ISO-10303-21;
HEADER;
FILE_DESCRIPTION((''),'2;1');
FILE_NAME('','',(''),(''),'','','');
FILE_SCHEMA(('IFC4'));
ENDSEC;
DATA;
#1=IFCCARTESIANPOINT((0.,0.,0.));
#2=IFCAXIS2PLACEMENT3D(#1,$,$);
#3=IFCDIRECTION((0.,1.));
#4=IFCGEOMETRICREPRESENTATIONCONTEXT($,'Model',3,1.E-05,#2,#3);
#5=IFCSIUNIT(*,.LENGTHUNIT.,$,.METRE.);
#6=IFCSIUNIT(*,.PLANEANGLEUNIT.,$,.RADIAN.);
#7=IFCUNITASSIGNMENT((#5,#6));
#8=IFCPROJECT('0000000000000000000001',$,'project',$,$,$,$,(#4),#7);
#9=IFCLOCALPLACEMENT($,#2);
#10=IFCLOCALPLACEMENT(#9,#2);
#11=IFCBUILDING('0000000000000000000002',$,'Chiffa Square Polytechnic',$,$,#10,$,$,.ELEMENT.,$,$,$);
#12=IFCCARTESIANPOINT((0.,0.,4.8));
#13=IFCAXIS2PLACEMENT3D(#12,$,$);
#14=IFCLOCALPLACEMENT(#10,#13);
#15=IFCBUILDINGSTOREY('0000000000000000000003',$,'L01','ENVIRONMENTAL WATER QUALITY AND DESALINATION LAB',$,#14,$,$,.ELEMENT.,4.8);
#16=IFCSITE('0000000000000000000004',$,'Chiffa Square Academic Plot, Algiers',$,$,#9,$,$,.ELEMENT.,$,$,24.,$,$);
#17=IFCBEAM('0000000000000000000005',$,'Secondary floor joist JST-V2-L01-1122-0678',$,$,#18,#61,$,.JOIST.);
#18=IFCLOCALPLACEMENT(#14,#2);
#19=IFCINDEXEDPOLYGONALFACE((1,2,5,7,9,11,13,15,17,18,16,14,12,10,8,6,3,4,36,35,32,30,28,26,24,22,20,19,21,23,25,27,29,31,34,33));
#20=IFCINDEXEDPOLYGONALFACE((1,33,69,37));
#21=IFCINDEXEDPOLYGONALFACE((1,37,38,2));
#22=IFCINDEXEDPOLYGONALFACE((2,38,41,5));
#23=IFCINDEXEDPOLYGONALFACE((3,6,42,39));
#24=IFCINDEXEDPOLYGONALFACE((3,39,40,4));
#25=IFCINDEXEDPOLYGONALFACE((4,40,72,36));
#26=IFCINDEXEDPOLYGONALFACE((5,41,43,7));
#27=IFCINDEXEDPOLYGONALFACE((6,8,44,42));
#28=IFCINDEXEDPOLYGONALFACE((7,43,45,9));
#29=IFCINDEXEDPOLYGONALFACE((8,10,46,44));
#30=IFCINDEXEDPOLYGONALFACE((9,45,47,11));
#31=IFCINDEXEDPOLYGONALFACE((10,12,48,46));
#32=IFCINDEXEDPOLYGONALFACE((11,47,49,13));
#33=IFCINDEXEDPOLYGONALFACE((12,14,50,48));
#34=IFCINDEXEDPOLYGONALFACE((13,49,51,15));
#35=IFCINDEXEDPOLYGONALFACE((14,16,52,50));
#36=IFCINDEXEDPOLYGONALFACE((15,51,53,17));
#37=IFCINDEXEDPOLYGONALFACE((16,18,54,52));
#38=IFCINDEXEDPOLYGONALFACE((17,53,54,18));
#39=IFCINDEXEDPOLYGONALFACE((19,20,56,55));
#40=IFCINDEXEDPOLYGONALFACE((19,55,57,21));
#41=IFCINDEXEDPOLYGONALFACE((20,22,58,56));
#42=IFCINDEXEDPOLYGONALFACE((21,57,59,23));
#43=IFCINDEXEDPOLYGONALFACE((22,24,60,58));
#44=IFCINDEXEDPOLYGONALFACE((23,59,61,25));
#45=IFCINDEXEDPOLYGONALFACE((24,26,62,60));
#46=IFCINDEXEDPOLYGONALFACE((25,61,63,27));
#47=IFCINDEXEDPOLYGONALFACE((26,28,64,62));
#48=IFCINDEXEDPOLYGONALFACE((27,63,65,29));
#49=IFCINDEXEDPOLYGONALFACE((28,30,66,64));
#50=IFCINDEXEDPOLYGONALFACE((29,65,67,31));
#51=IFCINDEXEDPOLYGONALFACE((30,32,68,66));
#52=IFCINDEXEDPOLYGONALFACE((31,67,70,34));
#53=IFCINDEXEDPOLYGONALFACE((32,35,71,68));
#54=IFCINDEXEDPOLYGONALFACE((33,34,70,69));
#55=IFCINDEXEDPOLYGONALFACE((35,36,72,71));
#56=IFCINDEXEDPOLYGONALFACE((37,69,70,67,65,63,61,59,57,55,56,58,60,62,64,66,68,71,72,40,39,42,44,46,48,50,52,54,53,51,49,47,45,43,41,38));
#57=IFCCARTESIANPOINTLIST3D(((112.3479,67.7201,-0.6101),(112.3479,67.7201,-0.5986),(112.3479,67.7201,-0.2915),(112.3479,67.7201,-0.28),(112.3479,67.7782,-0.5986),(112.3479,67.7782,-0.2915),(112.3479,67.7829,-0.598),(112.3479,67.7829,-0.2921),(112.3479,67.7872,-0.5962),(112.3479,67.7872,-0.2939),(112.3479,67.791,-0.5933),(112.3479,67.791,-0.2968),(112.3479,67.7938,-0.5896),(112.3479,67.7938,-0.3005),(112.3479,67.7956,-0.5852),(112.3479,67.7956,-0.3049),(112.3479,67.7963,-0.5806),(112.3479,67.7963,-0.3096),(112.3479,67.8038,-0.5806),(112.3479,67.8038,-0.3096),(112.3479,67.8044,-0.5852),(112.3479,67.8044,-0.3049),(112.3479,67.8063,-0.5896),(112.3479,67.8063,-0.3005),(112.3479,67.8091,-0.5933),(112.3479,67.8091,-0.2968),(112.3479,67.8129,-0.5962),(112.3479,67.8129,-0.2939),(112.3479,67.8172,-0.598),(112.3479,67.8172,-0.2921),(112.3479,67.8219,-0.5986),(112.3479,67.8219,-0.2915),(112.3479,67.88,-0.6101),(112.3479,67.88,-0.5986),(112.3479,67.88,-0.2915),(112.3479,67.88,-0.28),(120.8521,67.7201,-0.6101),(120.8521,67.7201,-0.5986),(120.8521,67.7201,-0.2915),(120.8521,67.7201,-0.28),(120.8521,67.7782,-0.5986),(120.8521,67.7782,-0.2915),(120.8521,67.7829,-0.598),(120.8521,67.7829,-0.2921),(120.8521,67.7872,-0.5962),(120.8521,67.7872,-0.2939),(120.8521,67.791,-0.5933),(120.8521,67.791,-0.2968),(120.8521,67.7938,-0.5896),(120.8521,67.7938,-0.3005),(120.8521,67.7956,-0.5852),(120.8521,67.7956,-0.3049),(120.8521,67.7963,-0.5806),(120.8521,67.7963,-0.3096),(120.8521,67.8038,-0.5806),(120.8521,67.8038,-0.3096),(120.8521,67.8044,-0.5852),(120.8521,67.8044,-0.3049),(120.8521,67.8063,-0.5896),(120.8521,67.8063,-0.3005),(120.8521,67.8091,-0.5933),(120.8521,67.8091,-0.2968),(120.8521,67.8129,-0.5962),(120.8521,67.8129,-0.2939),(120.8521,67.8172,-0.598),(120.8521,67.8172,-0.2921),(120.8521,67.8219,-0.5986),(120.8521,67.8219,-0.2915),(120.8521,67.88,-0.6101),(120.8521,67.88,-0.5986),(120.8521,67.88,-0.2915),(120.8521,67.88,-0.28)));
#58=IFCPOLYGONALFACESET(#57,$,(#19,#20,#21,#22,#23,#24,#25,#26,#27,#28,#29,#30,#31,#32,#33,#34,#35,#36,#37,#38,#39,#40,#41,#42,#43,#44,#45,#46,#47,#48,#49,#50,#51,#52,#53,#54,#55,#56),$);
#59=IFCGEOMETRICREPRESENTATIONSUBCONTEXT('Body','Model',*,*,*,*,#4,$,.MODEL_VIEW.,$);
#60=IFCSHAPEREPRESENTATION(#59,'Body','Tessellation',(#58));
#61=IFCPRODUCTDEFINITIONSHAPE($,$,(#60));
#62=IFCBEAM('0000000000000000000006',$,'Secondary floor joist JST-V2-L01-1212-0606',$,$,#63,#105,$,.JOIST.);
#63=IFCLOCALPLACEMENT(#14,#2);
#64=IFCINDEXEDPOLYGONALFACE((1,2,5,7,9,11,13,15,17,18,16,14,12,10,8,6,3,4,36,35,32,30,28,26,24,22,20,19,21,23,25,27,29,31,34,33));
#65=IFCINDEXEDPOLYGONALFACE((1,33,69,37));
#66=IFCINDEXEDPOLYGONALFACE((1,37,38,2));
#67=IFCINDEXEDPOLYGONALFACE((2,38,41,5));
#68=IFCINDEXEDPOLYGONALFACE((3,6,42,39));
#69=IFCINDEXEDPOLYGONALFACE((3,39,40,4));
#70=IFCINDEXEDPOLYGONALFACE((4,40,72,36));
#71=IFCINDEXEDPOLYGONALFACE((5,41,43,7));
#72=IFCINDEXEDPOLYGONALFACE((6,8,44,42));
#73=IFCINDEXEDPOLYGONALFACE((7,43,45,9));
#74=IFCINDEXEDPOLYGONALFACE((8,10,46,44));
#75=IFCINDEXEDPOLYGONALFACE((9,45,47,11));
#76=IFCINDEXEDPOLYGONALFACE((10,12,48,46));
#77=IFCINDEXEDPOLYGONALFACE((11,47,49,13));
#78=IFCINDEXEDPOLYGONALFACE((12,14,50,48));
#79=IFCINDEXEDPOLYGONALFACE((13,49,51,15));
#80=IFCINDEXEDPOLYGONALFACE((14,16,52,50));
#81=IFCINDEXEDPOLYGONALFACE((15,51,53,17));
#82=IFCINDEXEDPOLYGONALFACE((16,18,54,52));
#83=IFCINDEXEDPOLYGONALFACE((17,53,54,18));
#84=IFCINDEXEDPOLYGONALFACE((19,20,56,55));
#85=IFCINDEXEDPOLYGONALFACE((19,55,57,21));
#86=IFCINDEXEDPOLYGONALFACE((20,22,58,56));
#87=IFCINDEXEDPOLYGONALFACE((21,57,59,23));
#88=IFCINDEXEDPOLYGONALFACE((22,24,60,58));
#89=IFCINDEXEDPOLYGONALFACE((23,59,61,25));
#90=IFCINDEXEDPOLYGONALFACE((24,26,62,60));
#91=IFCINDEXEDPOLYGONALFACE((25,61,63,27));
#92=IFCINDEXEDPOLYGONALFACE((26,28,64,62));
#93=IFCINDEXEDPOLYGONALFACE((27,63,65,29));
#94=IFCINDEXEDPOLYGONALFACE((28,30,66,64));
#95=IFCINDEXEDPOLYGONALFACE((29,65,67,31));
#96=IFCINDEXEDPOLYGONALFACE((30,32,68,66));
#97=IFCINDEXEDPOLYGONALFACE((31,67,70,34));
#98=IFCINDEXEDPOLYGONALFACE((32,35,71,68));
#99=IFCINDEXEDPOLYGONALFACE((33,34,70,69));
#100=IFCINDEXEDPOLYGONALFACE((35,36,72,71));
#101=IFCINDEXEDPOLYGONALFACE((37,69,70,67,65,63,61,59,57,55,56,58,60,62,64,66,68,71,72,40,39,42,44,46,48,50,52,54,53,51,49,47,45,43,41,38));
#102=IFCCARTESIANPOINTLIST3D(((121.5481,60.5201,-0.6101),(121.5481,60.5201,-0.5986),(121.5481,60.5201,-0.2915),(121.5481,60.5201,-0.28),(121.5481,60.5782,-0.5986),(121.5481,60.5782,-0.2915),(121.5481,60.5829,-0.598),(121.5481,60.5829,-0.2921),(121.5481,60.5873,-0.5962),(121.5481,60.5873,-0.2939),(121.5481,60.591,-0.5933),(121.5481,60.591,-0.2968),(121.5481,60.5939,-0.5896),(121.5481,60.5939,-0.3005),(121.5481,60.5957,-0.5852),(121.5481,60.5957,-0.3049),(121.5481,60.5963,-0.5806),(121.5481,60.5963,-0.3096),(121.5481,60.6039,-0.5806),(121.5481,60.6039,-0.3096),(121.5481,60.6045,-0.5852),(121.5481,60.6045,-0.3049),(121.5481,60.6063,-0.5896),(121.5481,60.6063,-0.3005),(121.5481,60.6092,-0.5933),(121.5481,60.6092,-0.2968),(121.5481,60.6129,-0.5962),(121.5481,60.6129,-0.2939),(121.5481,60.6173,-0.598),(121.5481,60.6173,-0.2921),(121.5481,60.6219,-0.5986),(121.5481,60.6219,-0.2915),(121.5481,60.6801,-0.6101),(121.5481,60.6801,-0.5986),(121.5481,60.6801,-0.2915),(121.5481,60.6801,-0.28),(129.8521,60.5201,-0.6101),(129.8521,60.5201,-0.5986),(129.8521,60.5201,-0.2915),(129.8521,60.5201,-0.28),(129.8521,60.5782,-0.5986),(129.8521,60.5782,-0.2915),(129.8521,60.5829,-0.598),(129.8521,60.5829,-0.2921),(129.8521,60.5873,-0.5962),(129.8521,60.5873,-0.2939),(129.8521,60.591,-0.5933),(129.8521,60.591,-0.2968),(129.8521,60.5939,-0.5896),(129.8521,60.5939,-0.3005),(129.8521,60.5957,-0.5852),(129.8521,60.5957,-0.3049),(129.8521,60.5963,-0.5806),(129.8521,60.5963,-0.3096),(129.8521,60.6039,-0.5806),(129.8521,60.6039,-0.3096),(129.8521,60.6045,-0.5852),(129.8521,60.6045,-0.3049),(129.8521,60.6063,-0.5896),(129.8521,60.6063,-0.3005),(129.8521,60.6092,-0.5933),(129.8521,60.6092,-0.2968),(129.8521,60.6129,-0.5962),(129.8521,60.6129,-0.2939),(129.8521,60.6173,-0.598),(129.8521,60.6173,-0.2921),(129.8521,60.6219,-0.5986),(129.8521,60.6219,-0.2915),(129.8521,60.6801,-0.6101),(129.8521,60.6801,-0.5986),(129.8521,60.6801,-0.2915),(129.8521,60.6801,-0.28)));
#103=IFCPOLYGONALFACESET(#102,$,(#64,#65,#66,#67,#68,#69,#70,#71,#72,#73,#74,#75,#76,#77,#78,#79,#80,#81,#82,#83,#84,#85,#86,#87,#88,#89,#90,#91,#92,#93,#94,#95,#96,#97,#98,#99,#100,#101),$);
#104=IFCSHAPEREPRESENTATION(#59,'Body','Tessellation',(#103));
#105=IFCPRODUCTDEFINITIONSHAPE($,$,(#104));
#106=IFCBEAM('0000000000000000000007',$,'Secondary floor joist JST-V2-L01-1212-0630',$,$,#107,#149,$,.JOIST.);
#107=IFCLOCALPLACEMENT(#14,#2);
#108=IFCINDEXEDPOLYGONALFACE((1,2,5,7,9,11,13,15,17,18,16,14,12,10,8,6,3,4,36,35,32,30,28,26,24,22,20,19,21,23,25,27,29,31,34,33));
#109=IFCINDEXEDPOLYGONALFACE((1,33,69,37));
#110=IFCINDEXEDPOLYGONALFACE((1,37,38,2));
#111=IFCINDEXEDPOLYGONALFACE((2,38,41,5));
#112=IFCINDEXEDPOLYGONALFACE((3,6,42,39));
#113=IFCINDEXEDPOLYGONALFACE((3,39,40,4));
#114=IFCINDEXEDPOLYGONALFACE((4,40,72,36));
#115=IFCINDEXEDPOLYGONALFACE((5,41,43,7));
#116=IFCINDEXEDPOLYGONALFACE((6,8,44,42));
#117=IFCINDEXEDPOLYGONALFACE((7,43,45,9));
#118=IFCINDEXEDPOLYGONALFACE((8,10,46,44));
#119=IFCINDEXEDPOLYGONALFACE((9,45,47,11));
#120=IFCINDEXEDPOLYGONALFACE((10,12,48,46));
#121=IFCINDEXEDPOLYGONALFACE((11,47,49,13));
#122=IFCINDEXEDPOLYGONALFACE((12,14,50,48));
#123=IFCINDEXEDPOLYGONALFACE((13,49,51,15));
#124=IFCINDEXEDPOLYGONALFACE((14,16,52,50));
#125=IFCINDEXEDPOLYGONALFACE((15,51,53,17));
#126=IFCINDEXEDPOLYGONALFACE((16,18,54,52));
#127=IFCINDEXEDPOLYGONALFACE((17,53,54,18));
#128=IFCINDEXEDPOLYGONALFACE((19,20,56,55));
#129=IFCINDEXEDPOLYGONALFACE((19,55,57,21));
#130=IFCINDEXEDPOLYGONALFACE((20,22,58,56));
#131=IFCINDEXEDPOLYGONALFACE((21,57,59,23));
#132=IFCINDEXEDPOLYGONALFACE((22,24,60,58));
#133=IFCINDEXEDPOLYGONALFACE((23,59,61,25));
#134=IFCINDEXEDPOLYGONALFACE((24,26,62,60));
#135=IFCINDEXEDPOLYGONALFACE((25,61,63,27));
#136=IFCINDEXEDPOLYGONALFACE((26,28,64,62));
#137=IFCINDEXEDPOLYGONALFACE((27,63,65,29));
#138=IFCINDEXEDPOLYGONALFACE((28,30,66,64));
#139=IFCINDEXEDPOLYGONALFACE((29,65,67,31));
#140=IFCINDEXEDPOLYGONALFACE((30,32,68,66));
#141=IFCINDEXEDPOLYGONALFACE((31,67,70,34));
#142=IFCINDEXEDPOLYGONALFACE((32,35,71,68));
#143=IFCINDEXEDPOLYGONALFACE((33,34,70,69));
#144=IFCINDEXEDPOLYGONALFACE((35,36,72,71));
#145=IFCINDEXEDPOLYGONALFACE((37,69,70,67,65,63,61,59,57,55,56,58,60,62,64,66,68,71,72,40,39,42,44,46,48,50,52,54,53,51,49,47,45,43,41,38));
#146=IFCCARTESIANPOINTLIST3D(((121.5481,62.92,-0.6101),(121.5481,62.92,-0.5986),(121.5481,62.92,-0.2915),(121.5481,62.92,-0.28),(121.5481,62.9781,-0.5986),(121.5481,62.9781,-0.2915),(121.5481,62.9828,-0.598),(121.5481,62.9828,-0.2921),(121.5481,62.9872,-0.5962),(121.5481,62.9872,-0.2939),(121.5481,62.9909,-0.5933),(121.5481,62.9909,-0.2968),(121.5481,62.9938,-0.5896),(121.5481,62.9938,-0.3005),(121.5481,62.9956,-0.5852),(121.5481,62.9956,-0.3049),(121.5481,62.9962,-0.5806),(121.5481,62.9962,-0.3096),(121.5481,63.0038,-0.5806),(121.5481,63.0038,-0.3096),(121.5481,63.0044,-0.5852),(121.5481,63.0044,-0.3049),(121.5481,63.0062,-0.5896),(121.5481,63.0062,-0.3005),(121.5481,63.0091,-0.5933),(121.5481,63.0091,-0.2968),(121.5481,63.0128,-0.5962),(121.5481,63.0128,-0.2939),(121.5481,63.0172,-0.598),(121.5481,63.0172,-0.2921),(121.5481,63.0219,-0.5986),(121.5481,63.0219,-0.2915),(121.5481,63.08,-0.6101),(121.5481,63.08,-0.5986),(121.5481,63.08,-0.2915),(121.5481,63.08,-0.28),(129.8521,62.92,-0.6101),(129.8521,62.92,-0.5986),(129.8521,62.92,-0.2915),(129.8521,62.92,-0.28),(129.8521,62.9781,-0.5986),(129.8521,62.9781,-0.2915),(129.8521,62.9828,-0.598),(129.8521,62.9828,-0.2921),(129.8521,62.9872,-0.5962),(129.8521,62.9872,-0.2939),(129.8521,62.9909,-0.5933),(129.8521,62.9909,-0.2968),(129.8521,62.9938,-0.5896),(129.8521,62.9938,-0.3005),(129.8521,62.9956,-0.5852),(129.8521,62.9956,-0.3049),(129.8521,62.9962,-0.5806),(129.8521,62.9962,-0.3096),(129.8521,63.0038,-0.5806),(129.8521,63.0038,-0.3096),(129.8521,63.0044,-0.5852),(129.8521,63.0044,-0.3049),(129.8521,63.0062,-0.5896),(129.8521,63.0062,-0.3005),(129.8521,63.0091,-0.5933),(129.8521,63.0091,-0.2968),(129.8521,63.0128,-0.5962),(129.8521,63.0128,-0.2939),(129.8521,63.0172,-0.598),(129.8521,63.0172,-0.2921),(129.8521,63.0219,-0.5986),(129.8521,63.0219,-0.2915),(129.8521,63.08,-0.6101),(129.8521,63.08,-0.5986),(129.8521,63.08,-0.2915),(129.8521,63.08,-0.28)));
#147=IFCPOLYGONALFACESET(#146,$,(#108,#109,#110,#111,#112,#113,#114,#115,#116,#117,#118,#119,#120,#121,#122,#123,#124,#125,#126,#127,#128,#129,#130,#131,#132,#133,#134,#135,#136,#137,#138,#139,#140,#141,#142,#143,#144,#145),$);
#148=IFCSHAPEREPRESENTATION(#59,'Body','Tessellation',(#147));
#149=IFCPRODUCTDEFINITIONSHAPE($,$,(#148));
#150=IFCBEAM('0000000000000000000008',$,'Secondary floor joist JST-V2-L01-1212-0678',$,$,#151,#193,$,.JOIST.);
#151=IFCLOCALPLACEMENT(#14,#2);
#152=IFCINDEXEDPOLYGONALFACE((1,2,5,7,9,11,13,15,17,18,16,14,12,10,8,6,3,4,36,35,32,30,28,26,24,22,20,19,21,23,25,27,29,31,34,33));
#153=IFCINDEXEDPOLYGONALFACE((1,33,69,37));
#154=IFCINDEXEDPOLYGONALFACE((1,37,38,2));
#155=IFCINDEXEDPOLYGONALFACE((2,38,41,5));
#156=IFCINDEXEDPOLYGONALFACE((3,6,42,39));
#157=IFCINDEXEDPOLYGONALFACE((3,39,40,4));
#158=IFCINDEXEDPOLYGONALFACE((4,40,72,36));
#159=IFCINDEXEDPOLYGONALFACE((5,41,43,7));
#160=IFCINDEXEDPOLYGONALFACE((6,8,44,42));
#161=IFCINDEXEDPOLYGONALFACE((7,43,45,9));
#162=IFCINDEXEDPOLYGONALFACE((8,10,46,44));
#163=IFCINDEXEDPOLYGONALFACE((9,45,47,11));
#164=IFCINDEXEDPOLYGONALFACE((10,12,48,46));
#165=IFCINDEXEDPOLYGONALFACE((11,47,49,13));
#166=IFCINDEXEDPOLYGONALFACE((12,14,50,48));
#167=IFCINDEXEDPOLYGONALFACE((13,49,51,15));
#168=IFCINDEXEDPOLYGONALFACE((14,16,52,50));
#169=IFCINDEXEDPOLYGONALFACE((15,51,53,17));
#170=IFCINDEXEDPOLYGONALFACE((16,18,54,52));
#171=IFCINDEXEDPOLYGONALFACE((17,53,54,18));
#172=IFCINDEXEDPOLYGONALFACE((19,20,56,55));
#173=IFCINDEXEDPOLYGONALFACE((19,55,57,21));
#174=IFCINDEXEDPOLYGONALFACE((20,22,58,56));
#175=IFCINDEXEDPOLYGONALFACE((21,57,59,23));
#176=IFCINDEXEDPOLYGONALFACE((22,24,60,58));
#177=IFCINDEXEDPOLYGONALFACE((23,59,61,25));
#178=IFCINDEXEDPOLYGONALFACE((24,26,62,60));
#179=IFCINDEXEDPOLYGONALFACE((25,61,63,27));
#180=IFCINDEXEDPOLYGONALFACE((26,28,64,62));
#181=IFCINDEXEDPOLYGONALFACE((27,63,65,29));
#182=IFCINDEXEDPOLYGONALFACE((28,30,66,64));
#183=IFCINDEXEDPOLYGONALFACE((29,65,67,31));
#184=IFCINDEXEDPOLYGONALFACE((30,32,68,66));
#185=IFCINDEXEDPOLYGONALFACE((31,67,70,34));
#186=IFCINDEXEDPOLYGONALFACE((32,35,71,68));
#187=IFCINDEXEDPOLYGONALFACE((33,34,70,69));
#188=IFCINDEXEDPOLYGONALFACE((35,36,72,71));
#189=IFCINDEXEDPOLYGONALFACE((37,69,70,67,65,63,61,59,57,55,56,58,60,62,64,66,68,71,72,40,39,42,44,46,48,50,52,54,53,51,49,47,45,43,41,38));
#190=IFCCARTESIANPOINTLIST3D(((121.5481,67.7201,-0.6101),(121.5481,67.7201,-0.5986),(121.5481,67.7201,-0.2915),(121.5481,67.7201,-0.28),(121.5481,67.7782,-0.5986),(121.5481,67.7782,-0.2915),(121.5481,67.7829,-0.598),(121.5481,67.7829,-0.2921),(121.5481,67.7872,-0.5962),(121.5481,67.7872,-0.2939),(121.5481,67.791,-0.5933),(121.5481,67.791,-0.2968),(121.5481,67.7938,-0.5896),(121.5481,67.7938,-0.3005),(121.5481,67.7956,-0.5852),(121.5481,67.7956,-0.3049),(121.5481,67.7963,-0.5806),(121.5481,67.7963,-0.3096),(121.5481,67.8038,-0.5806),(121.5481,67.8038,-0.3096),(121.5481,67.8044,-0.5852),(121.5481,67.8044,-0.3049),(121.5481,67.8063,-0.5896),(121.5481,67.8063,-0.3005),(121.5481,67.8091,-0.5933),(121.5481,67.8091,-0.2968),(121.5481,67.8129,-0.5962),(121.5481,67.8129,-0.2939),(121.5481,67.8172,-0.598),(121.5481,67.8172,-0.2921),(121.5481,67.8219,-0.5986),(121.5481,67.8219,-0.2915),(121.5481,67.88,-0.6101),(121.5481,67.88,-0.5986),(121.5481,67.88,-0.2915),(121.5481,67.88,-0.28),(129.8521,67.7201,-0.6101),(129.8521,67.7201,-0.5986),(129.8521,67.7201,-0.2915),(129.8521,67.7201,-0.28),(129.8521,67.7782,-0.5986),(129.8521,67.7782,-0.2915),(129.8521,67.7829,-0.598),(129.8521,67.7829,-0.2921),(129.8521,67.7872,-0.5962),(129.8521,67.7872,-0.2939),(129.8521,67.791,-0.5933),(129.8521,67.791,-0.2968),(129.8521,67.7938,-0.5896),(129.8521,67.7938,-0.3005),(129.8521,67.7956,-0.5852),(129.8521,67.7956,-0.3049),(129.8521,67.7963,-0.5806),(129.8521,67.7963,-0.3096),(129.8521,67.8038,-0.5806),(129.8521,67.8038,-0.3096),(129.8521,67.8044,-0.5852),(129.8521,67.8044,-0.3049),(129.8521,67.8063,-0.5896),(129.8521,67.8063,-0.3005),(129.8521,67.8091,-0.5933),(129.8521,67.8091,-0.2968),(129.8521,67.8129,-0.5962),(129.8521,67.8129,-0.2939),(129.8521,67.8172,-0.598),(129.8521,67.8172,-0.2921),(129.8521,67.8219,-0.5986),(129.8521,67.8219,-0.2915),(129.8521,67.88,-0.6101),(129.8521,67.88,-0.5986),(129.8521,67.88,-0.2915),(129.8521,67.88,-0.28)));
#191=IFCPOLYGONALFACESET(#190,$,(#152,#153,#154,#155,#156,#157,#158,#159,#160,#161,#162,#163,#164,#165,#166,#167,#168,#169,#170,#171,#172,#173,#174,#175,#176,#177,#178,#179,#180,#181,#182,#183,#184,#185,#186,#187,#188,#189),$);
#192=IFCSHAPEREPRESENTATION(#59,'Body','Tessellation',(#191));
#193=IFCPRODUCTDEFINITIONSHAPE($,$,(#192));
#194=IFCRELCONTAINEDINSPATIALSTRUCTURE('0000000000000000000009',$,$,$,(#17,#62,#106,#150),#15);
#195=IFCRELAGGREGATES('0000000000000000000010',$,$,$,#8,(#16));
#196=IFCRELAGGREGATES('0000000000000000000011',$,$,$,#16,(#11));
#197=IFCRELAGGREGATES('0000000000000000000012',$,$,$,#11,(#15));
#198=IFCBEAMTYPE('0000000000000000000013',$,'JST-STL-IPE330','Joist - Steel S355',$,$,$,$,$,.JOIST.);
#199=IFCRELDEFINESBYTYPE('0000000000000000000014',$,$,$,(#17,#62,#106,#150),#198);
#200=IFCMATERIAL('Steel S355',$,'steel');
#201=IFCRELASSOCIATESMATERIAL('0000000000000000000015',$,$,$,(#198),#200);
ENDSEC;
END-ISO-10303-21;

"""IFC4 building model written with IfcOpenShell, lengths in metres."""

from ifc_helpers import new_model, si_unit, direction, frame, origin, origin_2d, place, context, subcontext, project, spatial, i_section, extrude, material, material_profile, profile_set, type_object, element, save


model = new_model("IFC4")

# Units and contexts
model_context = context("Model", 3, precision=1e-05, world=origin(), true_north=direction((0.0, 1.0)))
body_context = subcontext(model_context, "Body", "Model", "MODEL_VIEW")
ifc_project = project(units=[si_unit("LENGTHUNIT", "METRE"), si_unit("PLANEANGLEUNIT", "RADIAN")], contexts=[model_context])

# Site, building, storey
site_placement = place(None, origin())
site = spatial("IfcSite", under=ifc_project, at=site_placement, Name="Chiffa Square Academic Plot, Algiers", CompositionType="ELEMENT", RefElevation=24.0)
building_placement = place(site_placement, origin())
building = spatial("IfcBuilding", under=site, at=building_placement, Name="Chiffa Square Polytechnic", CompositionType="ELEMENT")
storey_placement = place(building_placement, frame((0.0, 0.0, 4.8)))
storey = spatial("IfcBuildingStorey", under=building, at=storey_placement, Name="L01", Description="ENVIRONMENTAL WATER QUALITY AND DESALINATION LAB", CompositionType="ELEMENT", Elevation=4.8)

# Shared definitions
ifc_material_1 = material(Name="Steel S355", Category="steel")

# Beams
ifc_material_profile_1 = material_profile(ifc_material_1, i_section(OverallWidth=0.1599, OverallDepth=0.3301, WebThickness=0.0076, FlangeThickness=0.0115, FilletRadius=0.0181, at=origin_2d()), Name="IPE 330")
ifc_profile_set_1 = profile_set([ifc_material_profile_1], Name="Steel S355")
beam_type_1 = type_object("IfcBeamType", Name="JST-STL-IPE330", Description="Joist - Steel S355", PredefinedType="JOIST", material=ifc_profile_set_1)
for number, where, z_axis, x_axis, name in (
    (1, (112.3479, 67.8, -0.4451), (1.0, 0.0, 0.0), (0.0, 1.0, 0.0), "Secondary floor joist JST-V2-L01-1122-0678"),
):
    element("IfcBeam", number, at=place(storey_placement, frame(where, z_axis=z_axis, x_axis=x_axis)), inside=storey, type_object=beam_type_1, Name=name, PredefinedType="JOIST", context=body_context, shape_type="SweptSolid", body=[
        extrude(i_section(OverallWidth=0.1599, OverallDepth=0.3301, WebThickness=0.0076, FlangeThickness=0.0115, FilletRadius=0.0181, at=origin_2d()), origin(), (0.0, 0.0, 1.0), 8.5042),
    ])
for number, where, z_axis, x_axis, name in (
    (2, (121.5481, 60.6001, -0.4451), (1.0, 0.0, 0.0), (0.0, 1.0, 0.0), "Secondary floor joist JST-V2-L01-1212-0606"),
    (3, (121.5481, 63.0, -0.4451), (1.0, 0.0, 0.0), (0.0, 1.0, 0.0), "Secondary floor joist JST-V2-L01-1212-0630"),
    (4, (121.5481, 67.8, -0.4451), (1.0, 0.0, 0.0), (0.0, 1.0, 0.0), "Secondary floor joist JST-V2-L01-1212-0678"),
):
    element("IfcBeam", number, at=place(storey_placement, frame(where, z_axis=z_axis, x_axis=x_axis)), inside=storey, type_object=beam_type_1, Name=name, PredefinedType="JOIST", context=body_context, shape_type="SweptSolid", body=[
        extrude(i_section(OverallWidth=0.1599, OverallDepth=0.3301, WebThickness=0.0076, FlangeThickness=0.0115, FilletRadius=0.0181, at=origin_2d()), origin(), (0.0, 0.0, 1.0), 8.304),
    ])

save(model, "model.ifc")
